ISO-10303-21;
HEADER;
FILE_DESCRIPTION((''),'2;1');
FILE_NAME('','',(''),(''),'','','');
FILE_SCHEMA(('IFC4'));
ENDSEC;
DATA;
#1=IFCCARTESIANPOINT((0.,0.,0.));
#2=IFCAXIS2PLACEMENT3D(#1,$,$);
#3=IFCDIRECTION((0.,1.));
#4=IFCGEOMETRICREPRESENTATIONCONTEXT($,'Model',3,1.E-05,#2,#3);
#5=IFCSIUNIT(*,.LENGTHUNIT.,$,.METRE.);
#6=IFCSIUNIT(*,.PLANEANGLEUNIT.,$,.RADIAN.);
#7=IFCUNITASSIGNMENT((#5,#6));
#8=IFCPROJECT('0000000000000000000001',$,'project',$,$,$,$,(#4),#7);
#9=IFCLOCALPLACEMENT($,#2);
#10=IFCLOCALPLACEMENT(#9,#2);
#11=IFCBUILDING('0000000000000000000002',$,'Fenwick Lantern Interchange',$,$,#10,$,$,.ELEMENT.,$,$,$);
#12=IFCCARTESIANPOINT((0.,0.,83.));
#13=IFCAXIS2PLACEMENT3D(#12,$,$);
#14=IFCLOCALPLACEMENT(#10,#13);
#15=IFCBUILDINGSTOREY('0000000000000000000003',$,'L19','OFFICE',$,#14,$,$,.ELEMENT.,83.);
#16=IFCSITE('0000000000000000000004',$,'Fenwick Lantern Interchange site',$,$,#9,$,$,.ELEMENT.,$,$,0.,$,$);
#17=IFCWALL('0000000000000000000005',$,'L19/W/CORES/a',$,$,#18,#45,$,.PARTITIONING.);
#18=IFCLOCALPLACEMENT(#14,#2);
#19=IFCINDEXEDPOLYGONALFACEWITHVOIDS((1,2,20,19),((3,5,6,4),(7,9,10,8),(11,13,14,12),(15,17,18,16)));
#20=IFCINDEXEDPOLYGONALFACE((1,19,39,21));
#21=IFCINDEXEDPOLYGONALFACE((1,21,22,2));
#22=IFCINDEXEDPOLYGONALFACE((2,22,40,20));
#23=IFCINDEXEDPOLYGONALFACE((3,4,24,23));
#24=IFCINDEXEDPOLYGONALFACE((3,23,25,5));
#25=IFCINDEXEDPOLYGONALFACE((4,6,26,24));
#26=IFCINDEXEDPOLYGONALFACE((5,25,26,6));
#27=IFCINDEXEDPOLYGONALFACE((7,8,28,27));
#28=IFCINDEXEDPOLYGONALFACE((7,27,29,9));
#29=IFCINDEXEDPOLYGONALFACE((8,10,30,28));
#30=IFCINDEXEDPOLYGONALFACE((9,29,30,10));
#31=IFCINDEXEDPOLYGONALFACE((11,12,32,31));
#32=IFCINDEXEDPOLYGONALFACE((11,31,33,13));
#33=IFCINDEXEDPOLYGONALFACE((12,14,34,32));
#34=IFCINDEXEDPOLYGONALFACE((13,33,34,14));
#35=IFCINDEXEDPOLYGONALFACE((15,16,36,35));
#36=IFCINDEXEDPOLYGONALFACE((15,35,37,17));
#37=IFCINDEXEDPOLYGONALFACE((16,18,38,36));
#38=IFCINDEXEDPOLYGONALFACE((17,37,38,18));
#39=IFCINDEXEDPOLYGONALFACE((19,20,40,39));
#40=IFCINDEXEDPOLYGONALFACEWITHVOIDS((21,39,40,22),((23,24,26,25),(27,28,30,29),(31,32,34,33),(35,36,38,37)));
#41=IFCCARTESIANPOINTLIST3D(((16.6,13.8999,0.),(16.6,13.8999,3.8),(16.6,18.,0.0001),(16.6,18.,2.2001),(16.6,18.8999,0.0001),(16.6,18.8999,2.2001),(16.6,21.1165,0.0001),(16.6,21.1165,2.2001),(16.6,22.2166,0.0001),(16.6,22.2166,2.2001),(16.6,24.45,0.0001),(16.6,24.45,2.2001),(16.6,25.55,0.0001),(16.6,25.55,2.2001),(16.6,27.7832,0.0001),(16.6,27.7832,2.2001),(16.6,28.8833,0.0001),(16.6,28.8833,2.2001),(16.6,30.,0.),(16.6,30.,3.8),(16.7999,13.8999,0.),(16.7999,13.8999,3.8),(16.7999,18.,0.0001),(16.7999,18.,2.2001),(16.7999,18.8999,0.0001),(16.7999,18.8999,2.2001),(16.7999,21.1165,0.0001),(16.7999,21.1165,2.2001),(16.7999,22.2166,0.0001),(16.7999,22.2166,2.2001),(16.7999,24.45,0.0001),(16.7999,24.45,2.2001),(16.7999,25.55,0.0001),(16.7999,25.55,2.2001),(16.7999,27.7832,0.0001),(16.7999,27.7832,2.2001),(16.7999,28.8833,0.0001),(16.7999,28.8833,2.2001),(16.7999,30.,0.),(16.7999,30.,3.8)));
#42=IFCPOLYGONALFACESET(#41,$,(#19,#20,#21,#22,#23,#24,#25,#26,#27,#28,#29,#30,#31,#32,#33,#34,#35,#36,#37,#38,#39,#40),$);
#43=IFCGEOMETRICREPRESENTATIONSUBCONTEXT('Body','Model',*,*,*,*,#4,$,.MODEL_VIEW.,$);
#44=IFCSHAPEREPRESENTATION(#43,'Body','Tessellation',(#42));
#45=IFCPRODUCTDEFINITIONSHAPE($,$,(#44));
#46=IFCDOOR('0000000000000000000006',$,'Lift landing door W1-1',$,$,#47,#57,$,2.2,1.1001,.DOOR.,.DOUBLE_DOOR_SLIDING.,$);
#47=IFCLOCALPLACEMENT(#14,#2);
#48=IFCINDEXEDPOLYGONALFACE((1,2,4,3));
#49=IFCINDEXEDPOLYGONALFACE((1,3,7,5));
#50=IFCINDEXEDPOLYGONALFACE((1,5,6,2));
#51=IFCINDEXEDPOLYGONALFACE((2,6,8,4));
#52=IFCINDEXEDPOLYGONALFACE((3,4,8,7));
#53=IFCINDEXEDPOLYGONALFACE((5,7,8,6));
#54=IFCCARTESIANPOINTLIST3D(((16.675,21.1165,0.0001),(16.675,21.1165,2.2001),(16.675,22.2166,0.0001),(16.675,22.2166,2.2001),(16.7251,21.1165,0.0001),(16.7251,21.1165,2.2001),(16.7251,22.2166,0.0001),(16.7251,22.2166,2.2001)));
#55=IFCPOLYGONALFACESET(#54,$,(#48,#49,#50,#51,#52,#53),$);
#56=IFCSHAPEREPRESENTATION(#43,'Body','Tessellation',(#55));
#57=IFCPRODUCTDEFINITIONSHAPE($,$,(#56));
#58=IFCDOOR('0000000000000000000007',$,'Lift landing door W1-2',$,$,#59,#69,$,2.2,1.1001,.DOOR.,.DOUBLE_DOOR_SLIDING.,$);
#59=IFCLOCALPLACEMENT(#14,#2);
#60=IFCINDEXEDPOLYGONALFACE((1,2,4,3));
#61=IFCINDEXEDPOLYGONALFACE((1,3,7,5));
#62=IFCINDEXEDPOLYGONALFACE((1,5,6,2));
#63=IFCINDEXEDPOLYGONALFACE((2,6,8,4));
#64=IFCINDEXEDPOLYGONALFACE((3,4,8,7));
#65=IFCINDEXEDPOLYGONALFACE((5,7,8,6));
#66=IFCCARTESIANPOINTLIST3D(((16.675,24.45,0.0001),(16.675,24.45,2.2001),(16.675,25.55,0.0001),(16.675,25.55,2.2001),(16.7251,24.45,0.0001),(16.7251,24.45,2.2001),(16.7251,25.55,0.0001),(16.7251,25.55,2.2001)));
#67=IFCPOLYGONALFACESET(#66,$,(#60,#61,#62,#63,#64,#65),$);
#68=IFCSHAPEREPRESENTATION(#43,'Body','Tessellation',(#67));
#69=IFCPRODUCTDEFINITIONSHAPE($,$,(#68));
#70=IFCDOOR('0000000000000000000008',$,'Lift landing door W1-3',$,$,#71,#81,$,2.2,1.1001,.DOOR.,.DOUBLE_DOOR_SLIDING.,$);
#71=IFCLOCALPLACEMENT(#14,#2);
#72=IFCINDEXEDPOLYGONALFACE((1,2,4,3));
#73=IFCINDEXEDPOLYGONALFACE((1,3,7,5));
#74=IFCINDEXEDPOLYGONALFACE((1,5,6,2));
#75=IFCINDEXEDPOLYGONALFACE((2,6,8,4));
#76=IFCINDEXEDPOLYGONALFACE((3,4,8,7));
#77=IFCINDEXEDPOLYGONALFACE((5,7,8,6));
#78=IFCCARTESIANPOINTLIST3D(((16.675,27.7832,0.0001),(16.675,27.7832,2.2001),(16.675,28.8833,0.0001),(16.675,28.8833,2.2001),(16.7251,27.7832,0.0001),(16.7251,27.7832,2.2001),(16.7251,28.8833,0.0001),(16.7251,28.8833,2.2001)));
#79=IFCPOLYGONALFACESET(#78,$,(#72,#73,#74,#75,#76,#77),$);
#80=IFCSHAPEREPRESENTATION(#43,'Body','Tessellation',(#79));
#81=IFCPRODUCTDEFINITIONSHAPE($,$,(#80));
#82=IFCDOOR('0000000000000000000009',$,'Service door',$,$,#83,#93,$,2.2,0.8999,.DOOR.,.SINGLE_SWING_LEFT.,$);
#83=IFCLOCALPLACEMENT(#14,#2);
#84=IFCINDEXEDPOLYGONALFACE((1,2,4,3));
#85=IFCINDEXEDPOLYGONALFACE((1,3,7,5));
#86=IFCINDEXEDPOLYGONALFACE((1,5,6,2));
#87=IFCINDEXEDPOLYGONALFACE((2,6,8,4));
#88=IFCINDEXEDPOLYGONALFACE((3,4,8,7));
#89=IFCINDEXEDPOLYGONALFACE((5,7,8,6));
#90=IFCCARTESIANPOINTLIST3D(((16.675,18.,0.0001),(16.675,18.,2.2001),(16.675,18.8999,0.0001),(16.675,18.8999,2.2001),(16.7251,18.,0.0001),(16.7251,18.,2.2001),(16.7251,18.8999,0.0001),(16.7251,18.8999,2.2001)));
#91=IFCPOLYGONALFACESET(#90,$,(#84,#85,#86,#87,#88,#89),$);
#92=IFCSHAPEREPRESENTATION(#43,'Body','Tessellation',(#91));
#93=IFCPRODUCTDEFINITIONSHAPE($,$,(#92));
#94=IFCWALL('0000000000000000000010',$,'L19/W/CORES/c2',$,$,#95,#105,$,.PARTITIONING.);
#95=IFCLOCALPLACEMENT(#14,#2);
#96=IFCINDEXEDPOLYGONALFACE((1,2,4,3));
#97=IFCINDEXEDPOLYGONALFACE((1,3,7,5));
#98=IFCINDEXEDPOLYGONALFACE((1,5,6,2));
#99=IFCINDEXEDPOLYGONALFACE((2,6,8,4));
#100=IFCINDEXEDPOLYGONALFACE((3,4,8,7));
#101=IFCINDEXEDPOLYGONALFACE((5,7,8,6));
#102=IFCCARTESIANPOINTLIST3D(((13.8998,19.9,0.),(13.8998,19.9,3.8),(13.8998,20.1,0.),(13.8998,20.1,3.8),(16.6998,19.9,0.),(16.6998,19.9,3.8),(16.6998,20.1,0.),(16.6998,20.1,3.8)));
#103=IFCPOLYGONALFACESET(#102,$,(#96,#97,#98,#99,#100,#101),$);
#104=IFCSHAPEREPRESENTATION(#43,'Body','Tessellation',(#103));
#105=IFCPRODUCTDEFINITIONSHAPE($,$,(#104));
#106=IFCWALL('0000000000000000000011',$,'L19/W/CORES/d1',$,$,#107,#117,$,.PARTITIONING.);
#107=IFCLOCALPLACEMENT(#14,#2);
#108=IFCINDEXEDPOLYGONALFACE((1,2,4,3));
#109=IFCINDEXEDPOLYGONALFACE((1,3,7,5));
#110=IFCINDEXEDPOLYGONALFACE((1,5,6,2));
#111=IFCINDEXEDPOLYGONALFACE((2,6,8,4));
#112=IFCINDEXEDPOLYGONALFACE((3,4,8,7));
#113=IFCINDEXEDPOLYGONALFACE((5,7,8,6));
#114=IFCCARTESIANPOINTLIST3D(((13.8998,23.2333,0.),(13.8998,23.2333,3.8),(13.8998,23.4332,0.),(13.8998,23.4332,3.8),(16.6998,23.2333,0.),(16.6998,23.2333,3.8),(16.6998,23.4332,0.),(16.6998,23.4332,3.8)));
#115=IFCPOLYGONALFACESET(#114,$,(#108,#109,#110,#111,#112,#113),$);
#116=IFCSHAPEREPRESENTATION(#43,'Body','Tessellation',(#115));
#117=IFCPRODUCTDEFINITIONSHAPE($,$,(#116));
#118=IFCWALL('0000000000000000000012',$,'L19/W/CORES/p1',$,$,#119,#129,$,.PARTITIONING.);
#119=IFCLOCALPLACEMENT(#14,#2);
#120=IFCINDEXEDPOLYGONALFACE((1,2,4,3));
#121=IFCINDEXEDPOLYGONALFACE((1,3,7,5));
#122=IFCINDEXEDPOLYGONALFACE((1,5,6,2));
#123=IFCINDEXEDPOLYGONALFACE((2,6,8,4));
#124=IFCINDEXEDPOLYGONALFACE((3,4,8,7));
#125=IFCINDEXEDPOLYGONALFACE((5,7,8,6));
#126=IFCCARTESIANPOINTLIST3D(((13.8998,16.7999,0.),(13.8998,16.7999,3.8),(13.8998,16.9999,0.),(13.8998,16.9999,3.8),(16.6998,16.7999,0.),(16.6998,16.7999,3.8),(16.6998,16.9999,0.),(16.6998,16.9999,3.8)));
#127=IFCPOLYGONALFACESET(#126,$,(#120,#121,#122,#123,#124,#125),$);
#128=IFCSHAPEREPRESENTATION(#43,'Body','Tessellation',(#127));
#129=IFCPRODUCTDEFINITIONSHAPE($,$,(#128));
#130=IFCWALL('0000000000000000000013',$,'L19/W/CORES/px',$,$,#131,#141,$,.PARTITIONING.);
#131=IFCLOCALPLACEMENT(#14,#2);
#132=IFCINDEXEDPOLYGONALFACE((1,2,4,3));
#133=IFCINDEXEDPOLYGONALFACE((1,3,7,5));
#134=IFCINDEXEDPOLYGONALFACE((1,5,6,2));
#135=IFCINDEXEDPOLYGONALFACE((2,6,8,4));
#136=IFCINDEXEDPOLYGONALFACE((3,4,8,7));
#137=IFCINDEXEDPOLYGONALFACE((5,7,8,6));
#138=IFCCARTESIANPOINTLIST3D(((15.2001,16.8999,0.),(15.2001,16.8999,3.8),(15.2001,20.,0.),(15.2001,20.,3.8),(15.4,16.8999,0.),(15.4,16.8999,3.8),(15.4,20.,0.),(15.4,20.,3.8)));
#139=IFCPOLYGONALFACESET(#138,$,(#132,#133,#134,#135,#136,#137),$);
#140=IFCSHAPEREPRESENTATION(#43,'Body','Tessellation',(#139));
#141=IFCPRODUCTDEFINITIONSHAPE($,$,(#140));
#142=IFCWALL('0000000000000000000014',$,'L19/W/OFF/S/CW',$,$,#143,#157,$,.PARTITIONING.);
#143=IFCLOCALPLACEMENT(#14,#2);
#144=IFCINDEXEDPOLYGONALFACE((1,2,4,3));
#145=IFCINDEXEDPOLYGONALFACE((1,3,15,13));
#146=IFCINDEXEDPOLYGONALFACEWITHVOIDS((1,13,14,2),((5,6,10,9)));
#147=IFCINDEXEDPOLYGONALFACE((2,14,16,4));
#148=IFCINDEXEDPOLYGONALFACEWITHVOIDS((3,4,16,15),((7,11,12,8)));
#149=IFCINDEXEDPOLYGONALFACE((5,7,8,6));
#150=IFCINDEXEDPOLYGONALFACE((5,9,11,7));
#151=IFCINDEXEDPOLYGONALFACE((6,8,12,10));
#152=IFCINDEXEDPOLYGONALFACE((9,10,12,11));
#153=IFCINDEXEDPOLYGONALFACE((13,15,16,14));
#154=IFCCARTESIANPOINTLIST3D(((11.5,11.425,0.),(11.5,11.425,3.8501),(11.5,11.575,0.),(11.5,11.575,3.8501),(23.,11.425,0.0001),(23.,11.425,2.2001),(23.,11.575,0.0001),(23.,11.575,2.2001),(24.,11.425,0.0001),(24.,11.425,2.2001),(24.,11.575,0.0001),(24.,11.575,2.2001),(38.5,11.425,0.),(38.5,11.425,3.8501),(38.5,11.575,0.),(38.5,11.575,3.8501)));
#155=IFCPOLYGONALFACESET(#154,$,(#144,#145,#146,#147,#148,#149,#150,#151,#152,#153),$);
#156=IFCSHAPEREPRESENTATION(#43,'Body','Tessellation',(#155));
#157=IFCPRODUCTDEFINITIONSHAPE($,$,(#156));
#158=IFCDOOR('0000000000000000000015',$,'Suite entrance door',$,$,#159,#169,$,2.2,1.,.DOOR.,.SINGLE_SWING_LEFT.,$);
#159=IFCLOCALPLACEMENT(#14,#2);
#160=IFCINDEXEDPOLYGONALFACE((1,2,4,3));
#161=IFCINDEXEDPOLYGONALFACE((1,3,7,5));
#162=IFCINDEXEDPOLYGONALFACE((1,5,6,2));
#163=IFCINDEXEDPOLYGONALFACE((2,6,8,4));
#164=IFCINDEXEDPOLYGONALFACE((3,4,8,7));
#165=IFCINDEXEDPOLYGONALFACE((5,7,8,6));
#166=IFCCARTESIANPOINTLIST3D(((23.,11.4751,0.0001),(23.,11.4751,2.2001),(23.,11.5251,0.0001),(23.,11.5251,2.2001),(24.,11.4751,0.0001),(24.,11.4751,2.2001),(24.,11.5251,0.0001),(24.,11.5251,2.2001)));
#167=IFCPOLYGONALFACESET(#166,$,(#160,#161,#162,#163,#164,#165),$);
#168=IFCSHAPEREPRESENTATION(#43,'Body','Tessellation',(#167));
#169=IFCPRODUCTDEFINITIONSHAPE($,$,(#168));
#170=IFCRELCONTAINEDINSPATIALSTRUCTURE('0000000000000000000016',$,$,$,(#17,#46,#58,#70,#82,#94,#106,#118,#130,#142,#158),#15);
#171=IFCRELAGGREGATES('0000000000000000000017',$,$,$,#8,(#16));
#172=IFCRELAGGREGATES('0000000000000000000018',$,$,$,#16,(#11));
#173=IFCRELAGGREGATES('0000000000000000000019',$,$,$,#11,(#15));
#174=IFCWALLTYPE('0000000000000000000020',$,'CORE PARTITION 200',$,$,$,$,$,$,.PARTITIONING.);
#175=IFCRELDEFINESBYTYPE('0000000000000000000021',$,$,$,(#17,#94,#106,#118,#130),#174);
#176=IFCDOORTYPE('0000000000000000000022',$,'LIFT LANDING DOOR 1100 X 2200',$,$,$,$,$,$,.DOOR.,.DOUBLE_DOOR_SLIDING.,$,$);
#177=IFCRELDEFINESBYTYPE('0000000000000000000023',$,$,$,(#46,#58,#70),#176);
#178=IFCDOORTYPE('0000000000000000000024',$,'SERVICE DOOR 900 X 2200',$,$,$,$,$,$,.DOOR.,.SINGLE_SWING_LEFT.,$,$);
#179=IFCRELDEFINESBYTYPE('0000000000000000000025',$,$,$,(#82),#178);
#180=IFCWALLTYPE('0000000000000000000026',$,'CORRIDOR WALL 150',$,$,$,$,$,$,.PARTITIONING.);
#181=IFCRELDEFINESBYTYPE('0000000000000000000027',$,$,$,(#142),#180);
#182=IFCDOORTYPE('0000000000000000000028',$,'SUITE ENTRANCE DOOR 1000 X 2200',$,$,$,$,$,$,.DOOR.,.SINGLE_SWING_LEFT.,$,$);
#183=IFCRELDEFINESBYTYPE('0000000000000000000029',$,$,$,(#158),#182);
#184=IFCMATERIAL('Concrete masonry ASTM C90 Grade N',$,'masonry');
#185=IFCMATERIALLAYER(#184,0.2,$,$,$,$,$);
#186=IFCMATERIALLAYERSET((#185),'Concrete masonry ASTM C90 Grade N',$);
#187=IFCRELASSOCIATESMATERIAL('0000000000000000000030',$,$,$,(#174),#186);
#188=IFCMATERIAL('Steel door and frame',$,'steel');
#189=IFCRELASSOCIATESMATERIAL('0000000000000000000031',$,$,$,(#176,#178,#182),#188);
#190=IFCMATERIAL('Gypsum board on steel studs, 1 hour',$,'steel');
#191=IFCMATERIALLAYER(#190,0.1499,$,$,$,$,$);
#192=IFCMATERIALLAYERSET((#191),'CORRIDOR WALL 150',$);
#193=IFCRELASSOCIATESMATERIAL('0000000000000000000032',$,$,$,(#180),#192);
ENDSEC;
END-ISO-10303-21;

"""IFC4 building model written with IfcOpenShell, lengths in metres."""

from ifc_helpers import new_model, si_unit, direction, frame, frame_2d, origin, place, context, subcontext, project, spatial, rectangle, extrude, material, layer, layer_set, type_object, element, fill, save


model = new_model("IFC4")

# Units and contexts
model_context = context("Model", 3, precision=1e-05, world=origin(), true_north=direction((0.0, 1.0)))
body_context = subcontext(model_context, "Body", "Model", "MODEL_VIEW")
ifc_project = project(units=[si_unit("LENGTHUNIT", "METRE"), si_unit("PLANEANGLEUNIT", "RADIAN")], contexts=[model_context])

# Site, building, storey
site_placement = place(None, origin())
site = spatial("IfcSite", under=ifc_project, at=site_placement, Name="Fenwick Lantern Interchange site", CompositionType="ELEMENT", RefElevation=0.0)
building_placement = place(site_placement, origin())
building = spatial("IfcBuilding", under=site, at=building_placement, Name="Fenwick Lantern Interchange", CompositionType="ELEMENT")
storey_placement = place(building_placement, frame((0.0, 0.0, 83.0)))
storey = spatial("IfcBuildingStorey", under=building, at=storey_placement, Name="L19", Description="OFFICE", CompositionType="ELEMENT", Elevation=83.0)

# Wall, openings, doors
ifc_material_1 = material(Name="Concrete masonry ASTM C90 Grade N", Category="masonry")
ifc_layer_1 = layer(ifc_material_1, 0.2)
ifc_layer_set_1 = layer_set([ifc_layer_1], Name="Concrete masonry ASTM C90 Grade N")
wall_type_1 = type_object("IfcWallType", Name="CORE PARTITION 200", PredefinedType="PARTITIONING", material=ifc_layer_set_1)
wall_1_placement = place(storey_placement, frame((16.7, 13.8999, 0.0), z_axis=(0.0, 0.0, 1.0), x_axis=(0.0, 1.0, 0.0)))
wall_1 = element("IfcWall", 1, at=wall_1_placement, inside=storey, type_object=wall_type_1, Name="L19/W/CORES/a", PredefinedType="PARTITIONING", context=body_context, shape_type="SweptSolid", body=[
    extrude(rectangle(XDim=16.1001, YDim=0.2, at=frame_2d((8.05, 0.0))), origin(), (0.0, 0.0, 1.0), 3.8),
])
opening_1_placement = place(wall_1_placement, frame((4.1001, 0.0, 0.0)))
opening_1 = element("IfcOpeningElement", 2, at=opening_1_placement, cuts=wall_1, PredefinedType="OPENING", context=body_context, shape_type="SweptSolid", body=[
    extrude(rectangle(XDim=0.8999, YDim=2.2, at=frame_2d((0.45, 1.1001))), frame((0.0, 0.1099, 0.0), z_axis=(0.0, -1.0, 0.0), x_axis=(1.0, 0.0, 0.0)), (0.0, 0.0, 1.0), 0.22),
])
opening_2_placement = place(wall_1_placement, frame((7.2166, 0.0, 0.0)))
opening_2 = element("IfcOpeningElement", 3, at=opening_2_placement, cuts=wall_1, PredefinedType="OPENING", context=body_context, shape_type="SweptSolid", body=[
    extrude(rectangle(XDim=1.1001, YDim=2.2, at=frame_2d((0.55, 1.1001))), frame((0.0, 0.1099, 0.0), z_axis=(0.0, -1.0, 0.0), x_axis=(1.0, 0.0, 0.0)), (0.0, 0.0, 1.0), 0.22),
])
opening_3_placement = place(wall_1_placement, frame((10.55, 0.0, 0.0)))
opening_3 = element("IfcOpeningElement", 4, at=opening_3_placement, cuts=wall_1, PredefinedType="OPENING", context=body_context, shape_type="SweptSolid", body=[
    extrude(rectangle(XDim=1.1001, YDim=2.2, at=frame_2d((0.55, 1.1001))), frame((0.0, 0.1099, 0.0), z_axis=(0.0, -1.0, 0.0), x_axis=(1.0, 0.0, 0.0)), (0.0, 0.0, 1.0), 0.22),
])
opening_4_placement = place(wall_1_placement, frame((13.8833, 0.0, 0.0)))
opening_4 = element("IfcOpeningElement", 5, at=opening_4_placement, cuts=wall_1, PredefinedType="OPENING", context=body_context, shape_type="SweptSolid", body=[
    extrude(rectangle(XDim=1.1001, YDim=2.2, at=frame_2d((0.55, 1.1001))), frame((0.0, 0.1099, 0.0), z_axis=(0.0, -1.0, 0.0), x_axis=(1.0, 0.0, 0.0)), (0.0, 0.0, 1.0), 0.22),
])
ifc_material_2 = material(Name="Steel door and frame", Category="steel")
door_type_1 = type_object("IfcDoorType", Name="LIFT LANDING DOOR 1100 X 2200", OperationType="DOUBLE_DOOR_SLIDING", PredefinedType="DOOR", material=ifc_material_2)
door_1_placement = place(opening_2_placement, origin())
door_1 = element("IfcDoor", 6, at=door_1_placement, inside=storey, type_object=door_type_1, Name="Lift landing door W1-1", OperationType="DOUBLE_DOOR_SLIDING", OverallHeight=2.2, OverallWidth=1.1001, PredefinedType="DOOR", context=body_context, shape_type="SweptSolid", body=[
    extrude(rectangle(XDim=1.1001, YDim=2.2, at=frame_2d((0.55, 1.1001))), frame((0.0, 0.0249, 0.0), z_axis=(0.0, -1.0, 0.0), x_axis=(1.0, 0.0, 0.0)), (0.0, 0.0, 1.0), 0.05),
])
fill(opening_2, door_1)
door_2_placement = place(opening_3_placement, origin())
door_2 = element("IfcDoor", 7, at=door_2_placement, inside=storey, type_object=door_type_1, Name="Lift landing door W1-2", OperationType="DOUBLE_DOOR_SLIDING", OverallHeight=2.2, OverallWidth=1.1001, PredefinedType="DOOR", context=body_context, shape_type="SweptSolid", body=[
    extrude(rectangle(XDim=1.1001, YDim=2.2, at=frame_2d((0.55, 1.1001))), frame((0.0, 0.0249, 0.0), z_axis=(0.0, -1.0, 0.0), x_axis=(1.0, 0.0, 0.0)), (0.0, 0.0, 1.0), 0.05),
])
fill(opening_3, door_2)
door_3_placement = place(opening_4_placement, origin())
door_3 = element("IfcDoor", 8, at=door_3_placement, inside=storey, type_object=door_type_1, Name="Lift landing door W1-3", OperationType="DOUBLE_DOOR_SLIDING", OverallHeight=2.2, OverallWidth=1.1001, PredefinedType="DOOR", context=body_context, shape_type="SweptSolid", body=[
    extrude(rectangle(XDim=1.1001, YDim=2.2, at=frame_2d((0.55, 1.1001))), frame((0.0, 0.0249, 0.0), z_axis=(0.0, -1.0, 0.0), x_axis=(1.0, 0.0, 0.0)), (0.0, 0.0, 1.0), 0.05),
])
fill(opening_4, door_3)
door_type_2 = type_object("IfcDoorType", Name="SERVICE DOOR 900 X 2200", OperationType="SINGLE_SWING_LEFT", PredefinedType="DOOR", material=ifc_material_2)
door_4_placement = place(opening_1_placement, origin())
door_4 = element("IfcDoor", 9, at=door_4_placement, inside=storey, type_object=door_type_2, Name="Service door", OperationType="SINGLE_SWING_LEFT", OverallHeight=2.2, OverallWidth=0.8999, PredefinedType="DOOR", context=body_context, shape_type="SweptSolid", body=[
    extrude(rectangle(XDim=0.8999, YDim=2.2, at=frame_2d((0.45, 1.1001))), frame((0.0, 0.0249, 0.0), z_axis=(0.0, -1.0, 0.0), x_axis=(1.0, 0.0, 0.0)), (0.0, 0.0, 1.0), 0.05),
])
fill(opening_1, door_4)

# Walls
for number, where, z_axis, x_axis, name in (
    (10, (13.8999, 20.0, 0.0), (0.0, 0.0, 1.0), (1.0, 0.0, 0.0), "L19/W/CORES/c2"),
    (11, (13.8999, 23.3333, 0.0), (0.0, 0.0, 1.0), (1.0, 0.0, 0.0), "L19/W/CORES/d1"),
    (12, (13.8999, 16.8999, 0.0), (0.0, 0.0, 1.0), (1.0, 0.0, 0.0), "L19/W/CORES/p1"),
):
    element("IfcWall", number, at=place(storey_placement, frame(where, z_axis=z_axis, x_axis=x_axis)), inside=storey, type_object=wall_type_1, Name=name, PredefinedType="PARTITIONING", context=body_context, shape_type="SweptSolid", body=[
        extrude(rectangle(XDim=2.8, YDim=0.2, at=frame_2d((1.3999, 0.0))), origin(), (0.0, 0.0, 1.0), 3.8),
    ])
wall_2_placement = place(storey_placement, frame((15.3, 16.8999, 0.0), z_axis=(0.0, 0.0, 1.0), x_axis=(0.0, 1.0, 0.0)))
element("IfcWall", 13, at=wall_2_placement, inside=storey, type_object=wall_type_1, Name="L19/W/CORES/px", PredefinedType="PARTITIONING", context=body_context, shape_type="SweptSolid", body=[
    extrude(rectangle(XDim=3.1001, YDim=0.2, at=frame_2d((1.55, 0.0))), origin(), (0.0, 0.0, 1.0), 3.8),
])

# Wall, opening, door
ifc_material_3 = material(Name="Gypsum board on steel studs, 1 hour", Category="steel")
ifc_layer_2 = layer(ifc_material_3, 0.1499)
ifc_layer_set_2 = layer_set([ifc_layer_2], Name="CORRIDOR WALL 150")
wall_type_2 = type_object("IfcWallType", Name="CORRIDOR WALL 150", PredefinedType="PARTITIONING", material=ifc_layer_set_2)
wall_3_placement = place(storey_placement, frame((11.5, 11.5, 0.0), z_axis=(0.0, 0.0, 1.0), x_axis=(1.0, 0.0, 0.0)))
wall_3 = element("IfcWall", 14, at=wall_3_placement, inside=storey, type_object=wall_type_2, Name="L19/W/OFF/S/CW", PredefinedType="PARTITIONING", context=body_context, shape_type="SweptSolid", body=[
    extrude(rectangle(XDim=27.0, YDim=0.1499, at=frame_2d((13.5, 0.0))), origin(), (0.0, 0.0, 1.0), 3.8501),
])
opening_5_placement = place(wall_3_placement, frame((11.5, 0.0, 0.0)))
opening_5 = element("IfcOpeningElement", 15, at=opening_5_placement, cuts=wall_3, PredefinedType="OPENING", context=body_context, shape_type="SweptSolid", body=[
    extrude(rectangle(XDim=1.0, YDim=2.2, at=frame_2d((0.5, 1.1001))), frame((0.0, 0.085, 0.0), z_axis=(0.0, -1.0, 0.0), x_axis=(1.0, 0.0, 0.0)), (0.0, 0.0, 1.0), 0.1699),
])
door_type_3 = type_object("IfcDoorType", Name="SUITE ENTRANCE DOOR 1000 X 2200", OperationType="SINGLE_SWING_LEFT", PredefinedType="DOOR", material=ifc_material_2)
door_5_placement = place(opening_5_placement, frame((1.0, 0.0, 0.0), z_axis=(0.0, 0.0, 1.0), x_axis=(-1.0, 0.0, 0.0)))
door_5 = element("IfcDoor", 16, at=door_5_placement, inside=storey, type_object=door_type_3, Name="Suite entrance door", OperationType="SINGLE_SWING_LEFT", OverallHeight=2.2, OverallWidth=1.0, PredefinedType="DOOR", context=body_context, shape_type="SweptSolid", body=[
    extrude(rectangle(XDim=1.0, YDim=2.2, at=frame_2d((0.5, 1.1001))), frame((0.0, 0.0249, 0.0), z_axis=(0.0, -1.0, 0.0), x_axis=(1.0, 0.0, 0.0)), (0.0, 0.0, 1.0), 0.05),
])
fill(opening_5, door_5)

save(model, "model.ifc")
